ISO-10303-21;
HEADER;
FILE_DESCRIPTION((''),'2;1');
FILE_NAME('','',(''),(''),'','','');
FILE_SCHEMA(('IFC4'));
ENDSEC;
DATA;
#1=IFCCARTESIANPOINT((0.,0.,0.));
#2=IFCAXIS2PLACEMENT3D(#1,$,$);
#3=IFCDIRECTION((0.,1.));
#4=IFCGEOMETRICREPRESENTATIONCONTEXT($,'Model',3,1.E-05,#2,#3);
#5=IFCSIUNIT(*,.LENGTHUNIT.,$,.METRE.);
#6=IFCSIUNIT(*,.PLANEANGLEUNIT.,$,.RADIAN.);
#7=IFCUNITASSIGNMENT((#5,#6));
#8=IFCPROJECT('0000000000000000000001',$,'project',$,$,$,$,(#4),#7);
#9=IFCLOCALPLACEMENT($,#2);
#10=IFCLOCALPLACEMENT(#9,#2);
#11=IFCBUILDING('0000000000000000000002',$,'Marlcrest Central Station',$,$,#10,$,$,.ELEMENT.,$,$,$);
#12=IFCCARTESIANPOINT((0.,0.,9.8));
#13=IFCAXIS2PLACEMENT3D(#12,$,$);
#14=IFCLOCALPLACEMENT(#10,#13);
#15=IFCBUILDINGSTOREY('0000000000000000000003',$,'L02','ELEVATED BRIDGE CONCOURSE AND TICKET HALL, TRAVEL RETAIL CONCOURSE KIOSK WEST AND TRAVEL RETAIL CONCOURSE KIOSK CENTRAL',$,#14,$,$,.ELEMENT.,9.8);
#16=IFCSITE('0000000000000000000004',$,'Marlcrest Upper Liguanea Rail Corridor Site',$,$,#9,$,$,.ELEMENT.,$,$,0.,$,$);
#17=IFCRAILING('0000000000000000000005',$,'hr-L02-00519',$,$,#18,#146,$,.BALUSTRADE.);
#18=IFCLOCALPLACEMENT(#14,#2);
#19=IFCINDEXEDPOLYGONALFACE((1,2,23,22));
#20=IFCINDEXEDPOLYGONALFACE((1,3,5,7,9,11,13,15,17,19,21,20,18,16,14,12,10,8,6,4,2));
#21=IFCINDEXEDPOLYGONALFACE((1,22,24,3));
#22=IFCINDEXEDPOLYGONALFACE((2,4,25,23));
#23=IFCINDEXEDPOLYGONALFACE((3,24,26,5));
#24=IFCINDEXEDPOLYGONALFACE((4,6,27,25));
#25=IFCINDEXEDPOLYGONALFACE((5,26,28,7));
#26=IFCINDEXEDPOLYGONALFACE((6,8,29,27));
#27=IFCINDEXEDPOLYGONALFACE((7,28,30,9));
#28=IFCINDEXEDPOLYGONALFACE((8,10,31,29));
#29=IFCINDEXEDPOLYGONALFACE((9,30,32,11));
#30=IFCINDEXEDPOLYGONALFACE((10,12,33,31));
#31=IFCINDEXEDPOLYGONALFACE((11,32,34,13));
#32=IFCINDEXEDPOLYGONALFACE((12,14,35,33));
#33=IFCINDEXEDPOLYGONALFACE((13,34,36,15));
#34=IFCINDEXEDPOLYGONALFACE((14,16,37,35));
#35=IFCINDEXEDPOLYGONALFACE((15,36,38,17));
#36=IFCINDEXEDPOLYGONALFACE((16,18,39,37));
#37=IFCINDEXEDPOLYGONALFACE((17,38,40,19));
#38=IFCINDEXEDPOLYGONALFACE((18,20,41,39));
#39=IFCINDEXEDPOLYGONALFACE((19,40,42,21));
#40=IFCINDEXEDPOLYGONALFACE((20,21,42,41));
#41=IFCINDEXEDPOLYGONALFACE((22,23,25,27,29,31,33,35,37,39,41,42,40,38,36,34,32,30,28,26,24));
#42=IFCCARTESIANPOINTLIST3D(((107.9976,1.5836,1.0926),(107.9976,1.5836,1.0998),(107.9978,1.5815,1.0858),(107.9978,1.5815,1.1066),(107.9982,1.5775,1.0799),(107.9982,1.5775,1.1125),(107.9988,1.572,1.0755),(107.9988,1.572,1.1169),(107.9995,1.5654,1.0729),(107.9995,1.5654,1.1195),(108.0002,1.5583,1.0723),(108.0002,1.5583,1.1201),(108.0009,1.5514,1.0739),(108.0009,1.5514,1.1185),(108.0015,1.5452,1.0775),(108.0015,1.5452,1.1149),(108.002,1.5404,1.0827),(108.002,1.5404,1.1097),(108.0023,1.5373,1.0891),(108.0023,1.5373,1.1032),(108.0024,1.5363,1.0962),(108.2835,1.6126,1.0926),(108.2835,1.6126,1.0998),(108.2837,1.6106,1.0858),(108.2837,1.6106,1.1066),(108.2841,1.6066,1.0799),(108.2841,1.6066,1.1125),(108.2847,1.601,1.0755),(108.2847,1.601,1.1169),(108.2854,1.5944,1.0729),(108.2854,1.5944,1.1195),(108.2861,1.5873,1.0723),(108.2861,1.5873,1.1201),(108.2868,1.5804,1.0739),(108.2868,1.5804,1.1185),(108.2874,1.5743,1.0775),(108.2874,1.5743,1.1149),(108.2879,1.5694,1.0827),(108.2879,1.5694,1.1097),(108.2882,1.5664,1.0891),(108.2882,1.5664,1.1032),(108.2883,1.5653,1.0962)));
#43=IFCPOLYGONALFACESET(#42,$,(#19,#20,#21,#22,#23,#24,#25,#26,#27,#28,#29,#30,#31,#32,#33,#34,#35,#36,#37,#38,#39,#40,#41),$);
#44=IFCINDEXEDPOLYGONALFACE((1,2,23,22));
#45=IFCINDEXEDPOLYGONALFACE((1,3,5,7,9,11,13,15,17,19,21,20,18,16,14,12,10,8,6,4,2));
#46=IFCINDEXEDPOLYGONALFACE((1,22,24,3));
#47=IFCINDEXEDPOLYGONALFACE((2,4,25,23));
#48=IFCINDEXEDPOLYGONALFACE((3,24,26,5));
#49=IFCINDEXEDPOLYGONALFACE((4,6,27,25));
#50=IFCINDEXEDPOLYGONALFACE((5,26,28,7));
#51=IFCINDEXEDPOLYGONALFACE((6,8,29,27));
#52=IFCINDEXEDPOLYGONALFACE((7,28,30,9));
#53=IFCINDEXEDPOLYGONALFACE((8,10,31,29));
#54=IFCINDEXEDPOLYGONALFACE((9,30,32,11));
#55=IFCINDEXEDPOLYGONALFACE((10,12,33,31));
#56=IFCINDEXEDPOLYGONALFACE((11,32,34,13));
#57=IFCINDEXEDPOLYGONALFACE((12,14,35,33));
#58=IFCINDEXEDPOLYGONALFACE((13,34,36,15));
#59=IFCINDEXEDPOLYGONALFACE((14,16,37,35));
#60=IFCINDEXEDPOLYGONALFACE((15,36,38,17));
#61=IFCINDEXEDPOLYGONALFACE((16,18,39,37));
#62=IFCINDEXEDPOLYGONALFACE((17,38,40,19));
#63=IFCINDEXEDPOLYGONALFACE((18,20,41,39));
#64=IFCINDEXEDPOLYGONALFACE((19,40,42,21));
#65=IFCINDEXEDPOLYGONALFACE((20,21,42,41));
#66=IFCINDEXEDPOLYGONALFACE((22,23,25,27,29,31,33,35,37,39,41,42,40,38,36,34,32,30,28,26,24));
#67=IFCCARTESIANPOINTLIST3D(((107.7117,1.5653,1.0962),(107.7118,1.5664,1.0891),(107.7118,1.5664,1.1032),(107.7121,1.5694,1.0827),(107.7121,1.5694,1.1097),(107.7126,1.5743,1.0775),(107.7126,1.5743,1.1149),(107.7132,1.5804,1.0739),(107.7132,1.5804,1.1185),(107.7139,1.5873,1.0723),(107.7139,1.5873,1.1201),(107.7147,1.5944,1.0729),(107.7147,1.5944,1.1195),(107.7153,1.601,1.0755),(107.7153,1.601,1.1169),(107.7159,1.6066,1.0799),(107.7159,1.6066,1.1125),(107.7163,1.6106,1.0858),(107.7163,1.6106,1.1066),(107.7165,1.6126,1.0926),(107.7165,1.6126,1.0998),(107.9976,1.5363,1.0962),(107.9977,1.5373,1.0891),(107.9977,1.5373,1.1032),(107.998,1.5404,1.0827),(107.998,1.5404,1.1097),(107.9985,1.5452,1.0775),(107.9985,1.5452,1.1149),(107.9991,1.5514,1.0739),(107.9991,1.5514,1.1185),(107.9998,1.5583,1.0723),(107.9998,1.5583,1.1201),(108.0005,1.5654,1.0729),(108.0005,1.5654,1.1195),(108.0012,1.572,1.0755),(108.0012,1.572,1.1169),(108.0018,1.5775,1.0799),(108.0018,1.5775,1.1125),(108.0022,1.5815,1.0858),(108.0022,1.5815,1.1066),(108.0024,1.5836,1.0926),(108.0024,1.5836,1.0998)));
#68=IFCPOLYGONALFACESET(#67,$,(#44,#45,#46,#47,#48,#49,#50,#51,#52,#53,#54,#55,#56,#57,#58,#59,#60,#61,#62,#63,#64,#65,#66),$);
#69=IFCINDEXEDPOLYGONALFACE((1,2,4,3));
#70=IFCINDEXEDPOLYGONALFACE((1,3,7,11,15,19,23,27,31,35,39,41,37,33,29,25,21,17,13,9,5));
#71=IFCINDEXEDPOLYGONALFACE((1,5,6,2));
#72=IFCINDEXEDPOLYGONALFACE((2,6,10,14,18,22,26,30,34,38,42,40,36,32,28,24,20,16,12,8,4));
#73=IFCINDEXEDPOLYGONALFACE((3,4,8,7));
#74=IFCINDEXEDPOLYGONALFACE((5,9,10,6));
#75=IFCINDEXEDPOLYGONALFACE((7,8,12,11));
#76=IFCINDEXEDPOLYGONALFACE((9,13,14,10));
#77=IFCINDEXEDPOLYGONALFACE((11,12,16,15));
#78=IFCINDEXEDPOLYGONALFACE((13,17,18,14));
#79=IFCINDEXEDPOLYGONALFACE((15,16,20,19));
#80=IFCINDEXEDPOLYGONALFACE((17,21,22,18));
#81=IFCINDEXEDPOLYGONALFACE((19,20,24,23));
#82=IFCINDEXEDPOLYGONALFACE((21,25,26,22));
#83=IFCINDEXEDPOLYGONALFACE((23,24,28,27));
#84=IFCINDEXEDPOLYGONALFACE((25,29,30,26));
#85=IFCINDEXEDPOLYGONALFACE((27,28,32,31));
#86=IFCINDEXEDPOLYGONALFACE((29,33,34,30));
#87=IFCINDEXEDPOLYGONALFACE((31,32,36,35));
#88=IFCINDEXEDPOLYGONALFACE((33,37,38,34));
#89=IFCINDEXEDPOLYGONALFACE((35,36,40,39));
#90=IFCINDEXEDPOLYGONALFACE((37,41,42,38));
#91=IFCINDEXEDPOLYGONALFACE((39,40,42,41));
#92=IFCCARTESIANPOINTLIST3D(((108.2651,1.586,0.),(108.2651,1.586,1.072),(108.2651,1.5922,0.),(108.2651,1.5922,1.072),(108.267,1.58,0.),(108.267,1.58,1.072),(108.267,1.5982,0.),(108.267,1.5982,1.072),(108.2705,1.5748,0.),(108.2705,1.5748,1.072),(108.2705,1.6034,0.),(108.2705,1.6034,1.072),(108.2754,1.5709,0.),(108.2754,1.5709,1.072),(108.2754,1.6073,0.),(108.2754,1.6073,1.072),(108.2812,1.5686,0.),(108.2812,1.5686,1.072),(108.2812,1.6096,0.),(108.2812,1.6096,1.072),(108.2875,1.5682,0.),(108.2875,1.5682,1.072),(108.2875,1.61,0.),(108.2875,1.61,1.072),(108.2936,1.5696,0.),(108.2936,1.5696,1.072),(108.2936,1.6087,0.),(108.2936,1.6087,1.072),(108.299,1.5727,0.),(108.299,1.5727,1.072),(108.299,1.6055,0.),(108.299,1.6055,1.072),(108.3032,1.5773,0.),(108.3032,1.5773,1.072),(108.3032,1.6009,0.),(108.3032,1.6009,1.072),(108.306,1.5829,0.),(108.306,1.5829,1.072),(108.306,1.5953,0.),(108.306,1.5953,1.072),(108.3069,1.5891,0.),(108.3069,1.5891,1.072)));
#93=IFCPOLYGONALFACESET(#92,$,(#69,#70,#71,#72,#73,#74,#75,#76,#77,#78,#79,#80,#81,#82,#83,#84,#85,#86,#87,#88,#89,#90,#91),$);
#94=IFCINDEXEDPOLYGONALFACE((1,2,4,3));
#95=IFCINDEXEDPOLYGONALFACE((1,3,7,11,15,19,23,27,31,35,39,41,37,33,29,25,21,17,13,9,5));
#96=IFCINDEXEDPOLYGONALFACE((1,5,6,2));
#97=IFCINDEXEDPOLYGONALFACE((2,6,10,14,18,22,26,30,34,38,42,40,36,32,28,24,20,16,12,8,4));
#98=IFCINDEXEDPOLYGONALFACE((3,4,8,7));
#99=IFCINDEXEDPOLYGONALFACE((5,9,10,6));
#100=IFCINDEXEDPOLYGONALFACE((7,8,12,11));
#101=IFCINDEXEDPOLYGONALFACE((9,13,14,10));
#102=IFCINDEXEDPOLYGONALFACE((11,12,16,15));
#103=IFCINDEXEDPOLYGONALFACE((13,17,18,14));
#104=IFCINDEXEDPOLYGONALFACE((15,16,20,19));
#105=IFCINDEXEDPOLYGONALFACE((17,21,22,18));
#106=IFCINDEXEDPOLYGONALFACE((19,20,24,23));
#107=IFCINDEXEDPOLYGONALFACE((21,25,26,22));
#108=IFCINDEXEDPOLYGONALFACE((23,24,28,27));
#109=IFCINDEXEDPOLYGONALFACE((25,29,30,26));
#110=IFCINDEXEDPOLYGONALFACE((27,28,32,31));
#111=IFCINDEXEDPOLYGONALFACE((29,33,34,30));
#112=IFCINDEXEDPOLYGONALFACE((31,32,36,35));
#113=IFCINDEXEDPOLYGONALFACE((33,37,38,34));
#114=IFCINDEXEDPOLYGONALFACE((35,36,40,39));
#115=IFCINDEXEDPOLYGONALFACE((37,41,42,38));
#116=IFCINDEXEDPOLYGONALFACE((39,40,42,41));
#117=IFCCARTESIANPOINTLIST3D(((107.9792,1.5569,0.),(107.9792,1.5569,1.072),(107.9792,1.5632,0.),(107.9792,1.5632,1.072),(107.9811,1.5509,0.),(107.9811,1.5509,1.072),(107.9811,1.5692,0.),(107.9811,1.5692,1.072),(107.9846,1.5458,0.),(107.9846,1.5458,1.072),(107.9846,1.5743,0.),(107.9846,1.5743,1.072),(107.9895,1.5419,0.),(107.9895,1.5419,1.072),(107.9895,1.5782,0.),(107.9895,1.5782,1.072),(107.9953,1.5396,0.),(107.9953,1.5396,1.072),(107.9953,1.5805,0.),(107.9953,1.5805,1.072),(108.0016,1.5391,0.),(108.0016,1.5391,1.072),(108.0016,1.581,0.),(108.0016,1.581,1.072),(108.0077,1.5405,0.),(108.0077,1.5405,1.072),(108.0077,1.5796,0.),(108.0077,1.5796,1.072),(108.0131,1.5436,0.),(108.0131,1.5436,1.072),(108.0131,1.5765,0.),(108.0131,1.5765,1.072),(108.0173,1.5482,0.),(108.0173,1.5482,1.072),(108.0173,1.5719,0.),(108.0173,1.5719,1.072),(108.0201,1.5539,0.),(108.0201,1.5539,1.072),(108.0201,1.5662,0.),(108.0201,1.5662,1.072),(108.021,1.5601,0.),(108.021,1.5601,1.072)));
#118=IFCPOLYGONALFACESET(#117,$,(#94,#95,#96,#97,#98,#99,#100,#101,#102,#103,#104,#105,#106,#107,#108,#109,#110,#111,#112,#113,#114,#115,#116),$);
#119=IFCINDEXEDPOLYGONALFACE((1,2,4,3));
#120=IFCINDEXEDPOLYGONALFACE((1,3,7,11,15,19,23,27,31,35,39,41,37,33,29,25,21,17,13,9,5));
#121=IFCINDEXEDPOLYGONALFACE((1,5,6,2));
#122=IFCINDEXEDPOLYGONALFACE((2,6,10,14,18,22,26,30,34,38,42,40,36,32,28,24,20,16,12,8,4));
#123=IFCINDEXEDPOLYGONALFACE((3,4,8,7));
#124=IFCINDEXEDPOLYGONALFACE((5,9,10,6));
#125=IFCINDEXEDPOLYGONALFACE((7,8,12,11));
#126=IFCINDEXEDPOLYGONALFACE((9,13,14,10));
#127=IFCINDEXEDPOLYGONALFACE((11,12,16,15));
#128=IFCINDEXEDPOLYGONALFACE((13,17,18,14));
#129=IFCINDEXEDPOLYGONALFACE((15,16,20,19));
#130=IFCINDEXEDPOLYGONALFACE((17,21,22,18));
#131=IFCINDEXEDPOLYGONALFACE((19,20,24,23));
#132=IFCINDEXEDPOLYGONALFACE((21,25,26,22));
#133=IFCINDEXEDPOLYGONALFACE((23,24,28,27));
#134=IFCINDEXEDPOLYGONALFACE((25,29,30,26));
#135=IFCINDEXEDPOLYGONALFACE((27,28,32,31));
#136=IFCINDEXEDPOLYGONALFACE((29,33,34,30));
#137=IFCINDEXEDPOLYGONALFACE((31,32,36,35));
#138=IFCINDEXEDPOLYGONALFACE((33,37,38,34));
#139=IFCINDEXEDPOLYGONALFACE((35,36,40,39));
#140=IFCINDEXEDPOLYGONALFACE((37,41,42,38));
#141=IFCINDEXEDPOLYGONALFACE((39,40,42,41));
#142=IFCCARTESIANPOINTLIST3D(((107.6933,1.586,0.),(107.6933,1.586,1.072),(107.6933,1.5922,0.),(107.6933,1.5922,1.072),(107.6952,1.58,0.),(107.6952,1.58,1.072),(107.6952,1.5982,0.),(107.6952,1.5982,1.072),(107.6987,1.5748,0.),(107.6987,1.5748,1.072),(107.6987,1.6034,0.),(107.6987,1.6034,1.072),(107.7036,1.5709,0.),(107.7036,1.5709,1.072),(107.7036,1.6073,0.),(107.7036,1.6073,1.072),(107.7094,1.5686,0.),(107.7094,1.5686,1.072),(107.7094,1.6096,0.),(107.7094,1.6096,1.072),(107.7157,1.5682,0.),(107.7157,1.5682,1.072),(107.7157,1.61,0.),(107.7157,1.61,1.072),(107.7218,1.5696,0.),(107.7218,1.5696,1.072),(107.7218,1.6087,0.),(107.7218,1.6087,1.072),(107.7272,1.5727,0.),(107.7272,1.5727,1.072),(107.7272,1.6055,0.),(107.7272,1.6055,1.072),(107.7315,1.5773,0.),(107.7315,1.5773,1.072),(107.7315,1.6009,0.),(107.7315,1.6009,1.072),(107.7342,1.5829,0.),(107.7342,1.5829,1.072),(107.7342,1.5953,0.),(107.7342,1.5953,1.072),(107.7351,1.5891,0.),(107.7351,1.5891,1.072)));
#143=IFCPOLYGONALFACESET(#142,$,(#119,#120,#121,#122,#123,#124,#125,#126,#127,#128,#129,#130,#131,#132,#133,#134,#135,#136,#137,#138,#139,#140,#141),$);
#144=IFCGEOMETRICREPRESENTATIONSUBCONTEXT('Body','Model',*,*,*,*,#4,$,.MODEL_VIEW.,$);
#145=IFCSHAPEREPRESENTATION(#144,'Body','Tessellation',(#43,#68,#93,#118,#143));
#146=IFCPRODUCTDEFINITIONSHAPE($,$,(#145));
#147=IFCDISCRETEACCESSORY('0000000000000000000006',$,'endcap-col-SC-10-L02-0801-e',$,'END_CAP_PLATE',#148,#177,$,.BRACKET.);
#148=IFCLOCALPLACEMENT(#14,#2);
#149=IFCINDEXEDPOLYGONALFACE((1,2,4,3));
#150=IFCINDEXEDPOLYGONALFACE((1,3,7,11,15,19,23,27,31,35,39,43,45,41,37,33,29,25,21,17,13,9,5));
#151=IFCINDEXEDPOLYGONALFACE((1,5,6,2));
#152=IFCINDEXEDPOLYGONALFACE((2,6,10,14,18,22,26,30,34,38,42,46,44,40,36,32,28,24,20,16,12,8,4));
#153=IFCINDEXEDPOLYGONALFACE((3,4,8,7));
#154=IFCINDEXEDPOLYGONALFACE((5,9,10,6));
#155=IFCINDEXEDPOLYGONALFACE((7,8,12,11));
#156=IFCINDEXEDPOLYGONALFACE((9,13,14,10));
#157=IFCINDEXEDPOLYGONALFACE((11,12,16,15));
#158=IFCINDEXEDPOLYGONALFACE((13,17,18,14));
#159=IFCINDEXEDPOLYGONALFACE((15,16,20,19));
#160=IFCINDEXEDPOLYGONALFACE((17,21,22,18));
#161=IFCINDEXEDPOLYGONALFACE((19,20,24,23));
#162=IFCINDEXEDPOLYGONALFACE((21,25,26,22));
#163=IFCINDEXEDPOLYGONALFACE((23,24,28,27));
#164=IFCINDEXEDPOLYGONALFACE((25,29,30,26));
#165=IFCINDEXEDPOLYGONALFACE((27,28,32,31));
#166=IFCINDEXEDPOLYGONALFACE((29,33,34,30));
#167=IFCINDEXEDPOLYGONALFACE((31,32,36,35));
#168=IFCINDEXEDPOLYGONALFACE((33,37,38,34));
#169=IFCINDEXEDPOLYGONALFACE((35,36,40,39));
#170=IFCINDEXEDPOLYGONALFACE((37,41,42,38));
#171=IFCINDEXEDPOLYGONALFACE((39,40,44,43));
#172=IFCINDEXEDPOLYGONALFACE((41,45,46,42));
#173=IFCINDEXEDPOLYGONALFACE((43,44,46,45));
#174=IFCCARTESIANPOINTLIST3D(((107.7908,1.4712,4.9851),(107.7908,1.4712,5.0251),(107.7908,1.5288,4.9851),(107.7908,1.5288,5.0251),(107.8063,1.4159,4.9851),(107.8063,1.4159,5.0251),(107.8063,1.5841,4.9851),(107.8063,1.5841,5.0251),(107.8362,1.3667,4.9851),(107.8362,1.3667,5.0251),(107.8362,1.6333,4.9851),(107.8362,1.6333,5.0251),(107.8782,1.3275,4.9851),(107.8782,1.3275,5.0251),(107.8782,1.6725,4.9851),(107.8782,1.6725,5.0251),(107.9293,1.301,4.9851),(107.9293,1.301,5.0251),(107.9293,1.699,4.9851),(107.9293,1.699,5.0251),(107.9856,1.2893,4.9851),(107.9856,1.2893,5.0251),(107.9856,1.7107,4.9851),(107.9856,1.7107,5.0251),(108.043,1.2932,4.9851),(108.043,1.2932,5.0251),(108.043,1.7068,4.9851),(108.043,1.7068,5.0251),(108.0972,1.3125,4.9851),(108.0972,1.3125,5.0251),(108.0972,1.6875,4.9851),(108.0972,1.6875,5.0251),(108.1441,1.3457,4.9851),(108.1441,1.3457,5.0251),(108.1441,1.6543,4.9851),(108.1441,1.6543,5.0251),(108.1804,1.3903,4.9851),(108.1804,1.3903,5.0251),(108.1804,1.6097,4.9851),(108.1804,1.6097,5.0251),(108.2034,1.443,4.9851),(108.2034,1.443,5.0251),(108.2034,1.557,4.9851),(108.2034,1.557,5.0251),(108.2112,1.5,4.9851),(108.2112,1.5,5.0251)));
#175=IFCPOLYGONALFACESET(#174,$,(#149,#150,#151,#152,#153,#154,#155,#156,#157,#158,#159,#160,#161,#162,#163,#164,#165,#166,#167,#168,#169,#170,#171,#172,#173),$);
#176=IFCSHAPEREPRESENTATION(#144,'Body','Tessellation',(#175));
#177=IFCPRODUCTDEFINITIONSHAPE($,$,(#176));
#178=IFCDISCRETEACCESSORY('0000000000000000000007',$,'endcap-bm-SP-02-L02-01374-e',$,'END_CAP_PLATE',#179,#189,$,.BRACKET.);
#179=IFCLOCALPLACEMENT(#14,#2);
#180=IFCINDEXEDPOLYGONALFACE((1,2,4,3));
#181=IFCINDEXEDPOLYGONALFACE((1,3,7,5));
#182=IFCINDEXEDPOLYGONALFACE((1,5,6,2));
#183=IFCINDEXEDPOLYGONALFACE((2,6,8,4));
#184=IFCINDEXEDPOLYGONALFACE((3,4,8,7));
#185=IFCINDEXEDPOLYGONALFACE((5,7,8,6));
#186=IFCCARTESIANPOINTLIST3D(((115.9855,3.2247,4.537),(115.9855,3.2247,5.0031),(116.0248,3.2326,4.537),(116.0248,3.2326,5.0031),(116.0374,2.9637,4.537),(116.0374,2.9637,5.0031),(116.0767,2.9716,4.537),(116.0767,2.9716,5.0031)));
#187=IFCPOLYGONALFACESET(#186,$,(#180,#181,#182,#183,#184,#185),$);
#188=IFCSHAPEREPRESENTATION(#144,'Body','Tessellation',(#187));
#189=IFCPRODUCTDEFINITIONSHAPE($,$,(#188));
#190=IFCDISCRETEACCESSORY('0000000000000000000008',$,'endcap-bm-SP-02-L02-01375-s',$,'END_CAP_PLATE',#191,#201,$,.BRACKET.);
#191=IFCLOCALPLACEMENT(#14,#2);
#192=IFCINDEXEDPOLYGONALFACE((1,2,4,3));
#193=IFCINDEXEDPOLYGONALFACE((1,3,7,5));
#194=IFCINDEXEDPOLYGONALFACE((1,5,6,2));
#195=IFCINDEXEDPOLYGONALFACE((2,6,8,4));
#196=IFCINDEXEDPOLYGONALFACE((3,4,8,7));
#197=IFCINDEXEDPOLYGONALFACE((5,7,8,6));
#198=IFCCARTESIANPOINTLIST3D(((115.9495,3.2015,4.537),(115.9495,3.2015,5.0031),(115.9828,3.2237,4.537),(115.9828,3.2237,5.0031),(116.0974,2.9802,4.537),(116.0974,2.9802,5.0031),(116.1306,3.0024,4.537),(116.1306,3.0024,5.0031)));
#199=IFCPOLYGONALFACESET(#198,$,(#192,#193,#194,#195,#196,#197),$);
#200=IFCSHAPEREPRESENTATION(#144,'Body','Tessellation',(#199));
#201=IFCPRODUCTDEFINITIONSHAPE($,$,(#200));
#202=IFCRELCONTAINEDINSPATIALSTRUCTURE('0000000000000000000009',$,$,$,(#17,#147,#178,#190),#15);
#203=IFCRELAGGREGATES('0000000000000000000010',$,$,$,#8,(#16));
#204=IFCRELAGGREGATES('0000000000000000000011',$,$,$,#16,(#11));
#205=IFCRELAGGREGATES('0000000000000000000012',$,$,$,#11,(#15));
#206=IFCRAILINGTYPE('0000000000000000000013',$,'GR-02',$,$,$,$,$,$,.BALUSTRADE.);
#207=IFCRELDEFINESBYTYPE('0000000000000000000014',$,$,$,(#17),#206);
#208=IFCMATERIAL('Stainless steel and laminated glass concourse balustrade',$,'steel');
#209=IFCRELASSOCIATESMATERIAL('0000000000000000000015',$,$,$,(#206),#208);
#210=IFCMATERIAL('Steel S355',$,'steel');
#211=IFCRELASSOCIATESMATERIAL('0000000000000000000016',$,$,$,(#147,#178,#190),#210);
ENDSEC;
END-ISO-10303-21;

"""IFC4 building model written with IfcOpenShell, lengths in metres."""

from ifc_helpers import new_model, si_unit, direction, frame, origin, origin_2d, place, context, subcontext, project, spatial, rectangle, circle, extrude, material, type_object, element, save


model = new_model("IFC4")

# Units and contexts
model_context = context("Model", 3, precision=1e-05, world=origin(), true_north=direction((0.0, 1.0)))
body_context = subcontext(model_context, "Body", "Model", "MODEL_VIEW")
ifc_project = project(units=[si_unit("LENGTHUNIT", "METRE"), si_unit("PLANEANGLEUNIT", "RADIAN")], contexts=[model_context])

# Site, building, storey
site_placement = place(None, origin())
site = spatial("IfcSite", under=ifc_project, at=site_placement, Name="Marlcrest Upper Liguanea Rail Corridor Site", CompositionType="ELEMENT", RefElevation=0.0)
building_placement = place(site_placement, origin())
building = spatial("IfcBuilding", under=site, at=building_placement, Name="Marlcrest Central Station", CompositionType="ELEMENT")
storey_placement = place(building_placement, frame((0.0, 0.0, 9.8)))
storey = spatial("IfcBuildingStorey", under=building, at=storey_placement, Name="L02", Description="ELEVATED BRIDGE CONCOURSE AND TICKET HALL, TRAVEL RETAIL CONCOURSE KIOSK WEST AND TRAVEL RETAIL CONCOURSE KIOSK CENTRAL", CompositionType="ELEMENT", Elevation=9.8)

# Railing
ifc_material_1 = material(Name="Stainless steel and laminated glass concourse balustrade", Category="steel")
railing_type = type_object("IfcRailingType", Name="GR-02", PredefinedType="BALUSTRADE", material=ifc_material_1)
railing_1_placement = place(storey_placement, frame((108.2859, 1.5891, 0.0)))
element("IfcRailing", 1, at=railing_1_placement, inside=storey, type_object=railing_type, Name="hr-L02-00519", PredefinedType="BALUSTRADE", context=body_context, shape_type="SweptSolid", body=[
    extrude(circle(Radius=0.0239, at=origin_2d()), frame((0.0, 0.0, 1.0962), z_axis=(-0.994876, -0.101102, 0.0), x_axis=(0.101102, -0.994876, 0.0)), (0.0, 0.0, 1.0), 0.2874),
    extrude(circle(Radius=0.0239, at=origin_2d()), frame((-0.2859, -0.0291, 1.0962), z_axis=(-0.994876, 0.101102, 0.0), x_axis=(-0.101102, -0.994876, 0.0)), (0.0, 0.0, 1.0), 0.2874),
    extrude(circle(Radius=0.021, at=origin_2d()), origin(), (0.0, 0.0, 1.0), 1.072),
    extrude(circle(Radius=0.021, at=origin_2d()), frame((-0.2859, -0.0291, 0.0)), (0.0, 0.0, 1.0), 1.072),
    extrude(circle(Radius=0.021, at=origin_2d()), frame((-0.5718, 0.0, 0.0)), (0.0, 0.0, 1.0), 1.072),
])

# Discrete accessories
ifc_material_2 = material(Name="Steel S355", Category="steel")
discrete_accessory_placement = place(storey_placement, frame((108.0, 1.5, 4.9851), z_axis=(0.0, 0.0, 1.0), x_axis=(1.0, 0.0, 0.0)))
element("IfcDiscreteAccessory", 2, at=discrete_accessory_placement, inside=storey, material=ifc_material_2, Name="endcap-col-SC-10-L02-0801-e", ObjectType="END_CAP_PLATE", PredefinedType="BRACKET", context=body_context, shape_type="SweptSolid", body=[
    extrude(circle(Radius=0.2112, at=origin_2d()), origin(), (0.0, 0.0, 1.0), 0.04),
])
for number, where, z_axis, x_axis, name in (
    (3, (116.0115, 3.0942, 4.77), (0.980769, 0.195171, 0.0), (-0.195171, 0.980769, 0.0), "endcap-bm-SP-02-L02-01374-e"),
    (4, (116.0234, 3.0908, 4.77), (0.831509, 0.555511, 0.0), (-0.555511, 0.831509, 0.0), "endcap-bm-SP-02-L02-01375-s"),
):
    element("IfcDiscreteAccessory", number, at=place(storey_placement, frame(where, z_axis=z_axis, x_axis=x_axis)), inside=storey, material=ifc_material_2, Name=name, ObjectType="END_CAP_PLATE", PredefinedType="BRACKET", context=body_context, shape_type="SweptSolid", body=[
        extrude(rectangle(XDim=0.2661, YDim=0.4661, at=origin_2d()), origin(), (0.0, 0.0, 1.0), 0.04),
    ])

save(model, "model.ifc")
